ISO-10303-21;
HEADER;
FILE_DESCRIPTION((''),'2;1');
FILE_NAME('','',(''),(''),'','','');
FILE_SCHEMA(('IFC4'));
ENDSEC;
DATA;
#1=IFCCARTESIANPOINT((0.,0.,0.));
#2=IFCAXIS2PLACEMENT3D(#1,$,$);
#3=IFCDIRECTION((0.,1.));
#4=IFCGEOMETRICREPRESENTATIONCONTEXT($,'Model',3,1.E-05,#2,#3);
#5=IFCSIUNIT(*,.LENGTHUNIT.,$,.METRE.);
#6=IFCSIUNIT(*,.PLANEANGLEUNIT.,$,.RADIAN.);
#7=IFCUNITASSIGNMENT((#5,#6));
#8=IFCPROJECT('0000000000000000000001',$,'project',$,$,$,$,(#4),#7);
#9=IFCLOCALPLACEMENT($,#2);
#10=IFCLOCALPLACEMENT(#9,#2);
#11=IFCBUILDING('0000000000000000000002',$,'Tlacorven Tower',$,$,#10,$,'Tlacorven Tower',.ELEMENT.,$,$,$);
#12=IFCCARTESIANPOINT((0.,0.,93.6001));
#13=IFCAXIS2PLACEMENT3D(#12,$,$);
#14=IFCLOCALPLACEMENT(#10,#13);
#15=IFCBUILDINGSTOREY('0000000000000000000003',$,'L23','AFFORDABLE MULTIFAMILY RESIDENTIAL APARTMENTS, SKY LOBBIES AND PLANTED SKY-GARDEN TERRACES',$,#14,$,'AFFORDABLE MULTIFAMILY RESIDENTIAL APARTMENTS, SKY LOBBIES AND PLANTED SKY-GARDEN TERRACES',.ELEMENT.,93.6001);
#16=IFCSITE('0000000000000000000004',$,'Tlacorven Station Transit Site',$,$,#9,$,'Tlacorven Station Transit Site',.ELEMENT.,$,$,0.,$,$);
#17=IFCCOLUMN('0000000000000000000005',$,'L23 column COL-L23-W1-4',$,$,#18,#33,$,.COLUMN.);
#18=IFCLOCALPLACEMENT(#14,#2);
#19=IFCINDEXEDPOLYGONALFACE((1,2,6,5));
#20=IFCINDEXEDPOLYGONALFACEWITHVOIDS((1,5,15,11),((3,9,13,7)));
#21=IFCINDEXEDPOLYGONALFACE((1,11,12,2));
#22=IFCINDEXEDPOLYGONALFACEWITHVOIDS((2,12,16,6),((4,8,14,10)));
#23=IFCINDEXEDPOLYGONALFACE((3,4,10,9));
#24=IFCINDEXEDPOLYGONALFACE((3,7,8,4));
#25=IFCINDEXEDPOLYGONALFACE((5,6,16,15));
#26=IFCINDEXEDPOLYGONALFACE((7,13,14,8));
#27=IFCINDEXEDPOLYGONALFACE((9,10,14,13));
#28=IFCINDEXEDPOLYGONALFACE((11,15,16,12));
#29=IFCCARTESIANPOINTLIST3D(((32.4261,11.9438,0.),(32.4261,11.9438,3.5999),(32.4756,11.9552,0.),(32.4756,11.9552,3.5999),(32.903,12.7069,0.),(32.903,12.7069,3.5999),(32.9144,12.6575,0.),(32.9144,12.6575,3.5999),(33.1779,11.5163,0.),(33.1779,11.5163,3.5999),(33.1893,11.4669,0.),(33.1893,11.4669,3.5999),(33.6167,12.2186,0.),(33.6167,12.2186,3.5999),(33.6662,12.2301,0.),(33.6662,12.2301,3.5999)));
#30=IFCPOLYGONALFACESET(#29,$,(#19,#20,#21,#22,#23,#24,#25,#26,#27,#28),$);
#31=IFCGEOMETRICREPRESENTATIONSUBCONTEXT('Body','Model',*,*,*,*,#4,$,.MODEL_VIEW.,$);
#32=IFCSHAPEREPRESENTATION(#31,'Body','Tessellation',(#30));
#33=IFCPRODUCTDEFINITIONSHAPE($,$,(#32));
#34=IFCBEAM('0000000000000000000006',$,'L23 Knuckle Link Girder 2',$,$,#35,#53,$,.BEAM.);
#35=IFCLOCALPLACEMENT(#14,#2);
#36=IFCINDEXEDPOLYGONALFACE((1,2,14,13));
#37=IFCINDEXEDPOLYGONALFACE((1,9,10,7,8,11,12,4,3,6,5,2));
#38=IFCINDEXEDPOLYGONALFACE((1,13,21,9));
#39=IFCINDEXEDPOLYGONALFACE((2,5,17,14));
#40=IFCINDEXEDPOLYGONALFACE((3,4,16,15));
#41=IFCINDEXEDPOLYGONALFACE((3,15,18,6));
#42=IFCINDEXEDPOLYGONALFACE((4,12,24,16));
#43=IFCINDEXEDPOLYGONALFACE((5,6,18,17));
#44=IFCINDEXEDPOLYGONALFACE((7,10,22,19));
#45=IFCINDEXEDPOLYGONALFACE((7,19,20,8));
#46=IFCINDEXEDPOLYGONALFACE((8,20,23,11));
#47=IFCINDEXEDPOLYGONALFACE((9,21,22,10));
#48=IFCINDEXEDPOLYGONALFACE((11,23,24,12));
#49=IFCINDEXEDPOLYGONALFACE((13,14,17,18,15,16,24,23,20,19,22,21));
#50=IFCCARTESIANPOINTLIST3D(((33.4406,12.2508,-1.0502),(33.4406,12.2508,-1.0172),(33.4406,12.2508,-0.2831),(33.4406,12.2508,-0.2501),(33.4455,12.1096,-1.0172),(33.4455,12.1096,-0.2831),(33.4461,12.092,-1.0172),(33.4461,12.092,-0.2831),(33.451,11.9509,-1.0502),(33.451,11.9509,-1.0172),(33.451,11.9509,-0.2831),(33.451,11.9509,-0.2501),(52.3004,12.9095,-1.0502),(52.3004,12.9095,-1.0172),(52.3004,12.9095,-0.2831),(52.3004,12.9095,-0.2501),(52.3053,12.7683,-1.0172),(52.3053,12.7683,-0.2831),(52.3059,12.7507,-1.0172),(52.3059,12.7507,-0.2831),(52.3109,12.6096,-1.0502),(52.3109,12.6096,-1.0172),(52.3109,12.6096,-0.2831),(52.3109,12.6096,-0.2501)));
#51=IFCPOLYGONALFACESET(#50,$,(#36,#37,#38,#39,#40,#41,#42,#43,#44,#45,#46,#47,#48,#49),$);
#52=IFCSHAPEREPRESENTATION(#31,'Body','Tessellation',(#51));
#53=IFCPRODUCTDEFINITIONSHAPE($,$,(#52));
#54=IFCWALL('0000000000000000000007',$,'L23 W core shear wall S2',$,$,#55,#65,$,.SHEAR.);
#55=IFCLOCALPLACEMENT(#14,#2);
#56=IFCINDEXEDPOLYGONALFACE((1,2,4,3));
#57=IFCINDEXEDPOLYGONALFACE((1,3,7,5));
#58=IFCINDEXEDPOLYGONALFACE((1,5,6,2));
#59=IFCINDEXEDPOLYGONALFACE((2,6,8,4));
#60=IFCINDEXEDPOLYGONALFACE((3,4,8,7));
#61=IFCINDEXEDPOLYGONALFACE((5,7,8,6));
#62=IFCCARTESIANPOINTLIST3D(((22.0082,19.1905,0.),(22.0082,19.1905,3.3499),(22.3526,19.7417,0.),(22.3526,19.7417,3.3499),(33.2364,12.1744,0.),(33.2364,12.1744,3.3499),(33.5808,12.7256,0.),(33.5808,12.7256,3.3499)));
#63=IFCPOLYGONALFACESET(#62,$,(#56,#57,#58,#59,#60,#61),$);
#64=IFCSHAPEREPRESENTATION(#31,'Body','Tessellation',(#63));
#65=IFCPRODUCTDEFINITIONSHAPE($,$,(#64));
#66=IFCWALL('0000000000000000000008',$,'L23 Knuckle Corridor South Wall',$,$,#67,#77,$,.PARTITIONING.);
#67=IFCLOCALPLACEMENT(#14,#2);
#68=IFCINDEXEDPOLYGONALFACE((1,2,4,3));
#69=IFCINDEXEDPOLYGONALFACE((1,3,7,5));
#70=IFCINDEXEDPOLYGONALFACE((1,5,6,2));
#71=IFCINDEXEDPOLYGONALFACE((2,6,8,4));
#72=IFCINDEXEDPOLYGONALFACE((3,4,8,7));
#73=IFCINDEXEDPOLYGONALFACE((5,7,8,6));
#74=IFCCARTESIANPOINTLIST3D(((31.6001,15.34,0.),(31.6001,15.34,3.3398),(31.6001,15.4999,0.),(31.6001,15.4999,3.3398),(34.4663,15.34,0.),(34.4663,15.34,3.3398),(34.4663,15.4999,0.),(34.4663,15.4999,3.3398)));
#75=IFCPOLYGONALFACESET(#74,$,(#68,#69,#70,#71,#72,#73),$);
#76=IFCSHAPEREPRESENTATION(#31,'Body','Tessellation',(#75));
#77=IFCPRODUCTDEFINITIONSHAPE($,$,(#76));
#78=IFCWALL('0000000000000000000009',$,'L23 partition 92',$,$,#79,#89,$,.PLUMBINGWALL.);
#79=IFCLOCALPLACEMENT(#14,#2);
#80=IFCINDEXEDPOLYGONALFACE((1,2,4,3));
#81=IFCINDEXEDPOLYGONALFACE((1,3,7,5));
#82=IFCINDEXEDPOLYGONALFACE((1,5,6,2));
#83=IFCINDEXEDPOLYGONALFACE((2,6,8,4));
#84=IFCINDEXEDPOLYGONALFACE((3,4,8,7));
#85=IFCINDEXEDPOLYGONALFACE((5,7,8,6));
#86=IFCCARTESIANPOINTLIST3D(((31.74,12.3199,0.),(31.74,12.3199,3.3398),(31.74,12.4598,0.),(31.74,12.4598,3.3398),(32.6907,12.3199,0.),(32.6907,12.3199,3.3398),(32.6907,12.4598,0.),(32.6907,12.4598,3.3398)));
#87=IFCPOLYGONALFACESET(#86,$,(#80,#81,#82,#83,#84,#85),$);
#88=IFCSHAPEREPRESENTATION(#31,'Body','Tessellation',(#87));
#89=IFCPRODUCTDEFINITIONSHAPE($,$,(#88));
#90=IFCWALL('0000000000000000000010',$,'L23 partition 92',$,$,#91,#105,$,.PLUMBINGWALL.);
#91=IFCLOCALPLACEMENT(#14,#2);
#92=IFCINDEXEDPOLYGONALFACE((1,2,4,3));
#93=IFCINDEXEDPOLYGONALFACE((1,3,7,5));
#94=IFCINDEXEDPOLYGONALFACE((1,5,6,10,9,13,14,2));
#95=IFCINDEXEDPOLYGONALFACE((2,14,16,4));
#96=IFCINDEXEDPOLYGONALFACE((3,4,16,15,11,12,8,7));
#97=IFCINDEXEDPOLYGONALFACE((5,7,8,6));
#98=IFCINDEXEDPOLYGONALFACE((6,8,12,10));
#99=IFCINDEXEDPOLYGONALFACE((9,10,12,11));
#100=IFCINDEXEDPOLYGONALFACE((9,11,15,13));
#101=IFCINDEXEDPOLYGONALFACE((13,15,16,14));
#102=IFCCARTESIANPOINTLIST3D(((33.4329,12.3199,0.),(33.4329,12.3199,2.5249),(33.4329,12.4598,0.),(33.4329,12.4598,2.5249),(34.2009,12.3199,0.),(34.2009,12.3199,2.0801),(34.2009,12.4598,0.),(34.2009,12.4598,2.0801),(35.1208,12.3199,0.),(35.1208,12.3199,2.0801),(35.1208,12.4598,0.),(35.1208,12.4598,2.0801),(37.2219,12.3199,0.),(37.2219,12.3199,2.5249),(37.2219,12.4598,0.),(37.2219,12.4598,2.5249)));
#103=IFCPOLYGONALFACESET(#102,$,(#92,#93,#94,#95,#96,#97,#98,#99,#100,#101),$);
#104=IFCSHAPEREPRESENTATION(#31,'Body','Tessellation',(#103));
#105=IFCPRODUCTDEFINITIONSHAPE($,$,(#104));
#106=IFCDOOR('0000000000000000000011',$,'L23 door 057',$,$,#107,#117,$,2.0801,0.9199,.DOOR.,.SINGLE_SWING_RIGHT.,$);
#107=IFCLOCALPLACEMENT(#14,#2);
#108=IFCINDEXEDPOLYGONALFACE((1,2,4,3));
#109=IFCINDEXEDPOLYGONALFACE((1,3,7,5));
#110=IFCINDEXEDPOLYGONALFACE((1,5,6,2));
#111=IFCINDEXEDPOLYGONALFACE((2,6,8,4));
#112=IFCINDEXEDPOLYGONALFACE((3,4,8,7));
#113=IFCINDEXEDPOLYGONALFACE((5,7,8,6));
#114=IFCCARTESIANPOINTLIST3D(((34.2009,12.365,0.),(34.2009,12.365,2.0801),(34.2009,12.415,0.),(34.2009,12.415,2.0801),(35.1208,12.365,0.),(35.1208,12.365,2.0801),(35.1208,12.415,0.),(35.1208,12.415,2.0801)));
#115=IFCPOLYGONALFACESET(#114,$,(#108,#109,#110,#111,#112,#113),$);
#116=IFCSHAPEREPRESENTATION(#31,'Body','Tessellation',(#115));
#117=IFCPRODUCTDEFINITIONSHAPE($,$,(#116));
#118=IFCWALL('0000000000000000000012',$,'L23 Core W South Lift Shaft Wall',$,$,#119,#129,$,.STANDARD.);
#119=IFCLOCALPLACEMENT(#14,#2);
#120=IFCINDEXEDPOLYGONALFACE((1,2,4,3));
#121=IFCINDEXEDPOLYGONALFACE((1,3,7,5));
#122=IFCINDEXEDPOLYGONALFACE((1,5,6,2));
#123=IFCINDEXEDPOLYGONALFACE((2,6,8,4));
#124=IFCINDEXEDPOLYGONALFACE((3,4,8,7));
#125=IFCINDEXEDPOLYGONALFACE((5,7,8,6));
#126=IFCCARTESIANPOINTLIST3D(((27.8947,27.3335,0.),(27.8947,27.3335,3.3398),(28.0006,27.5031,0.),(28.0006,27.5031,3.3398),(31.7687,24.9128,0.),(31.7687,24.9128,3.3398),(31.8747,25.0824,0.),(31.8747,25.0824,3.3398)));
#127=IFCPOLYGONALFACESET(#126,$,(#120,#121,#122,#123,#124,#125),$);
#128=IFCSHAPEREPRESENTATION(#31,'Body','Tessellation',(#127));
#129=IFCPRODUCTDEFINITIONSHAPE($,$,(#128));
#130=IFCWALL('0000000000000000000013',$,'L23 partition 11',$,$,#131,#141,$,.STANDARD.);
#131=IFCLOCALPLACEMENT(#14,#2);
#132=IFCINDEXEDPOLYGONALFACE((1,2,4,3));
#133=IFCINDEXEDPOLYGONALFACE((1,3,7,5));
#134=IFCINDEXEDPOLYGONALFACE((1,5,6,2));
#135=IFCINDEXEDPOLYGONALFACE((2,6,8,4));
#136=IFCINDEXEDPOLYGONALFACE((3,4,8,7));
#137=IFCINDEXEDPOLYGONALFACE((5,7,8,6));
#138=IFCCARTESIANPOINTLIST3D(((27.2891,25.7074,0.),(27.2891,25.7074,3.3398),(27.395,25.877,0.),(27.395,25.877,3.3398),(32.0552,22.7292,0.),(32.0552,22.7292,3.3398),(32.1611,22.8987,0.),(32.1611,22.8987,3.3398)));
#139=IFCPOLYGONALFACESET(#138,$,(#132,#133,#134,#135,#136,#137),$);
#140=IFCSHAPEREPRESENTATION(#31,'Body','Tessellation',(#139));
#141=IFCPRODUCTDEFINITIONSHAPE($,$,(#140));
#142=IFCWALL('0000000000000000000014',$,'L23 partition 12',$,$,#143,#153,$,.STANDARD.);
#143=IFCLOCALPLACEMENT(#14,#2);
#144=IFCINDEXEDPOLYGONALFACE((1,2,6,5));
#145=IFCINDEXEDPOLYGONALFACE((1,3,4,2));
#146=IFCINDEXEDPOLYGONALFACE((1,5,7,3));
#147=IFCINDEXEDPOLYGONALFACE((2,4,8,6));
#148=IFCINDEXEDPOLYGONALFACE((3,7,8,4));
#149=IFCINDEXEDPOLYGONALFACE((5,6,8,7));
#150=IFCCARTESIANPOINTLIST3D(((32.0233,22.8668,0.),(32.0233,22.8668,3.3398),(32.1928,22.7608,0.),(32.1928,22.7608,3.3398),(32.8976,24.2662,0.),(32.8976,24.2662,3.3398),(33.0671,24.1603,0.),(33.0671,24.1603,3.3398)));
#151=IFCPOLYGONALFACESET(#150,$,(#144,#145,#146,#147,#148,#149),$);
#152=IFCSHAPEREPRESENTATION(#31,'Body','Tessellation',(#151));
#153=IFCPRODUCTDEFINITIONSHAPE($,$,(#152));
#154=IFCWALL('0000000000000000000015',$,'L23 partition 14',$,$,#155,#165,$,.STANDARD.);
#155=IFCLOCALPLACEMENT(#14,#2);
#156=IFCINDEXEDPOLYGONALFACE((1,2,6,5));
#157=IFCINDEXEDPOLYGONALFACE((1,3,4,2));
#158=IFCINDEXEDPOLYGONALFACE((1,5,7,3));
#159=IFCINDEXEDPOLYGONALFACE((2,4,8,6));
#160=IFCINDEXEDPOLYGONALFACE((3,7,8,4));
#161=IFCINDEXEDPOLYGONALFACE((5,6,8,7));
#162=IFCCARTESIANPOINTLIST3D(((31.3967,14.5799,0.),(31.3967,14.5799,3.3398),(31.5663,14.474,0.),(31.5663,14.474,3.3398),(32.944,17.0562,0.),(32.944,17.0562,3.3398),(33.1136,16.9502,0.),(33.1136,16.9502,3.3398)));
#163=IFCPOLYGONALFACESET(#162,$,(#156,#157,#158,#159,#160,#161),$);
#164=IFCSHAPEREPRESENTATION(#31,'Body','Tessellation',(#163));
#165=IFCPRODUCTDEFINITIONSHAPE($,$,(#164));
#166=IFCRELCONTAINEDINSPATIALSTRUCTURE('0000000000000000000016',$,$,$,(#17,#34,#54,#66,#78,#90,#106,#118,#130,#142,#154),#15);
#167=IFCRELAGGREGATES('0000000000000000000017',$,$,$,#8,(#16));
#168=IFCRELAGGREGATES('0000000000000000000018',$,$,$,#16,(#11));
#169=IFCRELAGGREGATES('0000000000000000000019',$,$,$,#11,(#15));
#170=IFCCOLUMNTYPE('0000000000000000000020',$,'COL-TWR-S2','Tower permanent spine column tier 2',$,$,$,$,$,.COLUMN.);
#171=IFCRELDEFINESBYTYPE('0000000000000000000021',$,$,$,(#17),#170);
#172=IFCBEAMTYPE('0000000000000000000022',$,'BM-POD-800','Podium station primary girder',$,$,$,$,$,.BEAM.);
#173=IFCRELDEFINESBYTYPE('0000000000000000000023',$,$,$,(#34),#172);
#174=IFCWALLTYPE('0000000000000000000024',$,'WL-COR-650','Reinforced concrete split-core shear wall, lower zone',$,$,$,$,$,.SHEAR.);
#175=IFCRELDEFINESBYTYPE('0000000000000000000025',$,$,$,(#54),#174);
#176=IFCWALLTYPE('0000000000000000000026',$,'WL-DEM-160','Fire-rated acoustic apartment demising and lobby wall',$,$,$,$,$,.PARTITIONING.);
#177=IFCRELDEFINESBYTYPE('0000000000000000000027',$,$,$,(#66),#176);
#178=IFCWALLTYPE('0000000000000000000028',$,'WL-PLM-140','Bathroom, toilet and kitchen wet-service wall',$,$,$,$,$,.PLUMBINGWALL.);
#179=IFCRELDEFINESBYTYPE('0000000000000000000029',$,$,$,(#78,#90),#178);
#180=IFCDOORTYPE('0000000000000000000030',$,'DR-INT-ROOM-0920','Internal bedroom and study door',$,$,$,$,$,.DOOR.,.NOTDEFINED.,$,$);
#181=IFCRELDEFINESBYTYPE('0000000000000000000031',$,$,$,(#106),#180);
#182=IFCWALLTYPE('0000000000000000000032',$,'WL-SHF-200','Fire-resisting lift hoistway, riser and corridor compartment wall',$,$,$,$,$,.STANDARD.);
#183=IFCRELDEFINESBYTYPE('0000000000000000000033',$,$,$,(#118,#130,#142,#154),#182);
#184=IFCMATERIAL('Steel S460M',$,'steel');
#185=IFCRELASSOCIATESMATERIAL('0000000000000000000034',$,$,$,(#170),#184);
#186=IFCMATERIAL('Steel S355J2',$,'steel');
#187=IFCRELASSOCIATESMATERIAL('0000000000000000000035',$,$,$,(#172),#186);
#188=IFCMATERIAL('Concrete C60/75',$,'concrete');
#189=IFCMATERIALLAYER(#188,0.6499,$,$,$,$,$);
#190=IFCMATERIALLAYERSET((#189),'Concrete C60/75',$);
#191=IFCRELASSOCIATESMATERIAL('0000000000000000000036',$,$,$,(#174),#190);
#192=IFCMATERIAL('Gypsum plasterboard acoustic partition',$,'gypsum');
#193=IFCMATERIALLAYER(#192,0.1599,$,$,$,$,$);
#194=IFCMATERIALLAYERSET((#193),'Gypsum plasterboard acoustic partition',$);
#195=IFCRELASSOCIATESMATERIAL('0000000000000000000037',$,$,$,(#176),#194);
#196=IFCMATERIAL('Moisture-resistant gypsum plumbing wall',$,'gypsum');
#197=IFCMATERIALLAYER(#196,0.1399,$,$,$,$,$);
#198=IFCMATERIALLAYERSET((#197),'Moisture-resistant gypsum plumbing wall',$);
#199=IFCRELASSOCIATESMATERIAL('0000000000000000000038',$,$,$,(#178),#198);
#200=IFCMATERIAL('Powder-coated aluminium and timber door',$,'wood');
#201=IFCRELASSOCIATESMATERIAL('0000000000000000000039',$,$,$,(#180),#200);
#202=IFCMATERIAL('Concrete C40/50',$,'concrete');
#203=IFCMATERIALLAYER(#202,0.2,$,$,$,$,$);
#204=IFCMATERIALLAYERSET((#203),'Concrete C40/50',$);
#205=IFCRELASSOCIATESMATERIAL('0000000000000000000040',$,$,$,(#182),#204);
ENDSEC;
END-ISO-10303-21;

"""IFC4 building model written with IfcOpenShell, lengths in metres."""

from ifc_helpers import new_model, si_unit, direction, frame, frame_2d, origin, origin_2d, place, context, subcontext, project, spatial, rectangle, hollow_rectangle, i_section, extrude, source, transform, mapped, material, layer, layer_set, material_profile, profile_set, type_object, element, fill, save


model = new_model("IFC4")

# Units and contexts
model_context = context("Model", 3, precision=1e-05, world=origin(), true_north=direction((0.0, 1.0)))
body_context = subcontext(model_context, "Body", "Model", "MODEL_VIEW")
ifc_project = project(units=[si_unit("LENGTHUNIT", "METRE"), si_unit("PLANEANGLEUNIT", "RADIAN")], contexts=[model_context])

# Site, building, storey
site_placement = place(None, origin())
site = spatial("IfcSite", under=ifc_project, at=site_placement, Name="Tlacorven Station Transit Site", LongName="Tlacorven Station Transit Site", CompositionType="ELEMENT", RefElevation=0.0)
building_placement = place(site_placement, origin())
building = spatial("IfcBuilding", under=site, at=building_placement, Name="Tlacorven Tower", LongName="Tlacorven Tower", CompositionType="ELEMENT")
storey_placement = place(building_placement, frame((0.0, 0.0, 93.6001)))
storey = spatial("IfcBuildingStorey", under=building, at=storey_placement, Name="L23", Description="AFFORDABLE MULTIFAMILY RESIDENTIAL APARTMENTS, SKY LOBBIES AND PLANTED SKY-GARDEN TERRACES", LongName="AFFORDABLE MULTIFAMILY RESIDENTIAL APARTMENTS, SKY LOBBIES AND PLANTED SKY-GARDEN TERRACES", CompositionType="ELEMENT", Elevation=93.6001)

# Column
ifc_material_1 = material(Name="Steel S460M", Category="steel")
ifc_material_profile_1 = material_profile(ifc_material_1, hollow_rectangle(XDim=0.8999, YDim=0.8999, WallThickness=0.0359, at=origin_2d()), Name="BOX 900X900X36")
ifc_profile_set_1 = profile_set([ifc_material_profile_1], Name="Steel S460M")
column_type = type_object("IfcColumnType", Name="COL-TWR-S2", Description="Tower permanent spine column tier 2", PredefinedType="COLUMN", material=ifc_profile_set_1)
shared_shape_1 = source(origin(), body_context, "Body", "SweptSolid", [
    extrude(hollow_rectangle(XDim=0.8999, YDim=0.8999, WallThickness=0.0359, at=origin_2d()), origin(), (0.0, 0.0, 1.0), 3.5999),
])
column_placement = place(storey_placement, frame((33.0461, 12.0869, 0.0), z_axis=(0.0, 0.0, 1.0), x_axis=(-0.848048, 0.529919, 0.0)))
element("IfcColumn", 1, at=column_placement, inside=storey, type_object=column_type, Name="L23 column COL-L23-W1-4", PredefinedType="COLUMN", context=body_context, shape_type="MappedRepresentation", body=[
    mapped(shared_shape_1, transform((0.0, 0.0, 0.0), scale=1.0)),
])

# Beam
ifc_material_2 = material(Name="Steel S355J2", Category="steel")
ifc_material_profile_2 = material_profile(ifc_material_2, i_section(OverallWidth=0.3, OverallDepth=0.8, WebThickness=0.0176, FlangeThickness=0.033, at=origin_2d()), Name="HEB 800")
ifc_profile_set_2 = profile_set([ifc_material_profile_2], Name="Steel S355J2")
beam_type = type_object("IfcBeamType", Name="BM-POD-800", Description="Podium station primary girder", PredefinedType="BEAM", material=ifc_profile_set_2)
shared_shape_2 = source(origin(), body_context, "Body", "SweptSolid", [
    extrude(i_section(OverallWidth=0.3, OverallDepth=0.8, WebThickness=0.0176, FlangeThickness=0.033, at=origin_2d()), origin(), (0.0, 0.0, 1.0), 18.8713),
])
beam_placement = place(storey_placement, frame((33.4458, 12.1008, -0.6501), z_axis=(0.999391, 0.034904, 0.0), x_axis=(-0.034904, 0.999391, 0.0)))
element("IfcBeam", 2, at=beam_placement, inside=storey, type_object=beam_type, Name="L23 Knuckle Link Girder 2", PredefinedType="BEAM", context=body_context, shape_type="MappedRepresentation", body=[
    mapped(shared_shape_2, transform((0.0, 0.0, 0.0), scale=1.0)),
])

# Walls
ifc_material_3 = material(Name="Concrete C60/75", Category="concrete")
ifc_layer_1 = layer(ifc_material_3, 0.6499)
ifc_layer_set_1 = layer_set([ifc_layer_1], Name="Concrete C60/75")
wall_type_1 = type_object("IfcWallType", Name="WL-COR-650", Description="Reinforced concrete split-core shear wall, lower zone", PredefinedType="SHEAR", material=ifc_layer_set_1)
wall_1_placement = place(storey_placement, frame((33.4087, 12.45, 0.0), z_axis=(0.0, 0.0, 1.0), x_axis=(-0.848051, 0.529914, 0.0)))
element("IfcWall", 3, at=wall_1_placement, inside=storey, type_object=wall_type_1, Name="L23 W core shear wall S2", PredefinedType="SHEAR", context=body_context, shape_type="SweptSolid", body=[
    extrude(rectangle(XDim=13.24, YDim=0.6499, at=frame_2d((6.6201, 0.0))), origin(), (0.0, 0.0, 1.0), 3.3499),
])
ifc_material_4 = material(Name="Gypsum plasterboard acoustic partition", Category="gypsum")
ifc_layer_2 = layer(ifc_material_4, 0.1599)
ifc_layer_set_2 = layer_set([ifc_layer_2], Name="Gypsum plasterboard acoustic partition")
wall_type_2 = type_object("IfcWallType", Name="WL-DEM-160", Description="Fire-rated acoustic apartment demising and lobby wall", PredefinedType="PARTITIONING", material=ifc_layer_set_2)
wall_2_placement = place(storey_placement, frame((31.6001, 15.4199, 0.0), z_axis=(0.0, 0.0, 1.0), x_axis=(1.0, 0.0, 0.0)))
element("IfcWall", 4, at=wall_2_placement, inside=storey, type_object=wall_type_2, Name="L23 Knuckle Corridor South Wall", PredefinedType="PARTITIONING", context=body_context, shape_type="SweptSolid", body=[
    extrude(rectangle(XDim=2.8662, YDim=0.1599, at=frame_2d((1.4331, 0.0))), origin(), (0.0, 0.0, 1.0), 3.3398),
])

# Shared definitions
ifc_material_5 = material(Name="Powder-coated aluminium and timber door", Category="wood")

# Wall
ifc_material_6 = material(Name="Moisture-resistant gypsum plumbing wall", Category="gypsum")
ifc_layer_3 = layer(ifc_material_6, 0.1399)
ifc_layer_set_3 = layer_set([ifc_layer_3], Name="Moisture-resistant gypsum plumbing wall")
wall_type_3 = type_object("IfcWallType", Name="WL-PLM-140", Description="Bathroom, toilet and kitchen wet-service wall", PredefinedType="PLUMBINGWALL", material=ifc_layer_set_3)
wall_3_placement = place(storey_placement, frame((31.74, 12.3899, 0.0), z_axis=(0.0, 0.0, 1.0), x_axis=(1.0, 0.0, 0.0)))
element("IfcWall", 5, at=wall_3_placement, inside=storey, type_object=wall_type_3, Name="L23 partition 92", PredefinedType="PLUMBINGWALL", context=body_context, shape_type="SweptSolid", body=[
    extrude(rectangle(XDim=0.9507, YDim=0.1399, at=frame_2d((0.4753, 0.0))), origin(), (0.0, 0.0, 1.0), 3.3398),
])

# Wall, opening, door
wall_4_placement = place(storey_placement, frame((33.4329, 12.3899, 0.0), z_axis=(0.0, 0.0, 1.0), x_axis=(1.0, 0.0, 0.0)))
wall_4 = element("IfcWall", 6, at=wall_4_placement, inside=storey, type_object=wall_type_3, Name="L23 partition 92", PredefinedType="PLUMBINGWALL", context=body_context, shape_type="SweptSolid", body=[
    extrude(rectangle(XDim=3.7891, YDim=0.1399, at=frame_2d((1.8945, 0.0))), origin(), (0.0, 0.0, 1.0), 2.5249),
])
opening_1_placement = place(wall_4_placement, frame((0.7681, 0.0, 0.0)))
opening_1 = element("IfcOpeningElement", 7, at=opening_1_placement, cuts=wall_4, PredefinedType="OPENING", context=body_context, shape_type="SweptSolid", body=[
    extrude(rectangle(XDim=0.9199, YDim=2.0801, at=frame_2d((0.46, 1.04))), frame((0.0, 0.0801, 0.0), z_axis=(0.0, -1.0, 0.0), x_axis=(1.0, 0.0, 0.0)), (0.0, 0.0, 1.0), 0.1599),
])
door_type_1 = type_object("IfcDoorType", Name="DR-INT-ROOM-0920", Description="Internal bedroom and study door", OperationType="NOTDEFINED", PredefinedType="DOOR", material=ifc_material_5)
shared_shape_3 = source(origin(), body_context, "Body", "SweptSolid", [
    extrude(rectangle(XDim=0.9199, YDim=2.0801, at=frame_2d((0.46, 1.04))), frame((0.0, 0.0249, 0.0), z_axis=(0.0, -1.0, 0.0), x_axis=(1.0, 0.0, 0.0)), (0.0, 0.0, 1.0), 0.05),
])
door_1_placement = place(opening_1_placement, frame((0.9199, 0.0, 0.0), z_axis=(0.0, 0.0, 1.0), x_axis=(-1.0, 0.0, 0.0)))
door_1 = element("IfcDoor", 8, at=door_1_placement, inside=storey, type_object=door_type_1, Name="L23 door 057", OperationType="SINGLE_SWING_RIGHT", OverallHeight=2.0801, OverallWidth=0.9199, PredefinedType="DOOR", context=body_context, shape_type="MappedRepresentation", body=[
    mapped(shared_shape_3, transform((0.0, 0.0, 0.0), scale=1.0)),
])
fill(opening_1, door_1)

# Walls
ifc_material_7 = material(Name="Concrete C40/50", Category="concrete")
ifc_layer_4 = layer(ifc_material_7, 0.2)
ifc_layer_set_4 = layer_set([ifc_layer_4], Name="Concrete C40/50")
wall_type_4 = type_object("IfcWallType", Name="WL-SHF-200", Description="Fire-resisting lift hoistway, riser and corridor compartment wall", PredefinedType="STANDARD", material=ifc_layer_set_4)
wall_5_placement = place(storey_placement, frame((31.8218, 24.9976, 0.0), z_axis=(0.0, 0.0, 1.0), x_axis=(-0.848058, 0.529903, 0.0)))
element("IfcWall", 9, at=wall_5_placement, inside=storey, type_object=wall_type_4, Name="L23 Core W South Lift Shaft Wall", PredefinedType="STANDARD", context=body_context, shape_type="SweptSolid", body=[
    extrude(rectangle(XDim=4.5681, YDim=0.2, at=frame_2d((2.2842, 0.0))), origin(), (0.0, 0.0, 1.0), 3.3398),
])
wall_6_placement = place(storey_placement, frame((32.1082, 22.814, 0.0), z_axis=(0.0, 0.0, 1.0), x_axis=(-0.848042, 0.529929, 0.0)))
element("IfcWall", 10, at=wall_6_placement, inside=storey, type_object=wall_type_4, Name="L23 partition 11", PredefinedType="STANDARD", context=body_context, shape_type="SweptSolid", body=[
    extrude(rectangle(XDim=5.6201, YDim=0.2, at=frame_2d((2.8101, 0.0))), origin(), (0.0, 0.0, 1.0), 3.3398),
])
wall_7_placement = place(storey_placement, frame((32.9824, 24.2134, 0.0), z_axis=(0.0, 0.0, 1.0), x_axis=(-0.529839, -0.848098, 0.0)))
element("IfcWall", 11, at=wall_7_placement, inside=storey, type_object=wall_type_4, Name="L23 partition 12", PredefinedType="STANDARD", context=body_context, shape_type="SweptSolid", body=[
    extrude(rectangle(XDim=1.6501, YDim=0.2, at=frame_2d((0.8252, 0.0))), origin(), (0.0, 0.0, 1.0), 3.3398),
])
wall_8_placement = place(storey_placement, frame((33.0288, 17.0032, 0.0), z_axis=(0.0, 0.0, 1.0), x_axis=(-0.529916, -0.84805, 0.0)))
element("IfcWall", 12, at=wall_8_placement, inside=storey, type_object=wall_type_4, Name="L23 partition 14", PredefinedType="STANDARD", context=body_context, shape_type="SweptSolid", body=[
    extrude(rectangle(XDim=2.9199, YDim=0.2, at=frame_2d((1.46, 0.0))), origin(), (0.0, 0.0, 1.0), 3.3398),
])

save(model, "model.ifc")
